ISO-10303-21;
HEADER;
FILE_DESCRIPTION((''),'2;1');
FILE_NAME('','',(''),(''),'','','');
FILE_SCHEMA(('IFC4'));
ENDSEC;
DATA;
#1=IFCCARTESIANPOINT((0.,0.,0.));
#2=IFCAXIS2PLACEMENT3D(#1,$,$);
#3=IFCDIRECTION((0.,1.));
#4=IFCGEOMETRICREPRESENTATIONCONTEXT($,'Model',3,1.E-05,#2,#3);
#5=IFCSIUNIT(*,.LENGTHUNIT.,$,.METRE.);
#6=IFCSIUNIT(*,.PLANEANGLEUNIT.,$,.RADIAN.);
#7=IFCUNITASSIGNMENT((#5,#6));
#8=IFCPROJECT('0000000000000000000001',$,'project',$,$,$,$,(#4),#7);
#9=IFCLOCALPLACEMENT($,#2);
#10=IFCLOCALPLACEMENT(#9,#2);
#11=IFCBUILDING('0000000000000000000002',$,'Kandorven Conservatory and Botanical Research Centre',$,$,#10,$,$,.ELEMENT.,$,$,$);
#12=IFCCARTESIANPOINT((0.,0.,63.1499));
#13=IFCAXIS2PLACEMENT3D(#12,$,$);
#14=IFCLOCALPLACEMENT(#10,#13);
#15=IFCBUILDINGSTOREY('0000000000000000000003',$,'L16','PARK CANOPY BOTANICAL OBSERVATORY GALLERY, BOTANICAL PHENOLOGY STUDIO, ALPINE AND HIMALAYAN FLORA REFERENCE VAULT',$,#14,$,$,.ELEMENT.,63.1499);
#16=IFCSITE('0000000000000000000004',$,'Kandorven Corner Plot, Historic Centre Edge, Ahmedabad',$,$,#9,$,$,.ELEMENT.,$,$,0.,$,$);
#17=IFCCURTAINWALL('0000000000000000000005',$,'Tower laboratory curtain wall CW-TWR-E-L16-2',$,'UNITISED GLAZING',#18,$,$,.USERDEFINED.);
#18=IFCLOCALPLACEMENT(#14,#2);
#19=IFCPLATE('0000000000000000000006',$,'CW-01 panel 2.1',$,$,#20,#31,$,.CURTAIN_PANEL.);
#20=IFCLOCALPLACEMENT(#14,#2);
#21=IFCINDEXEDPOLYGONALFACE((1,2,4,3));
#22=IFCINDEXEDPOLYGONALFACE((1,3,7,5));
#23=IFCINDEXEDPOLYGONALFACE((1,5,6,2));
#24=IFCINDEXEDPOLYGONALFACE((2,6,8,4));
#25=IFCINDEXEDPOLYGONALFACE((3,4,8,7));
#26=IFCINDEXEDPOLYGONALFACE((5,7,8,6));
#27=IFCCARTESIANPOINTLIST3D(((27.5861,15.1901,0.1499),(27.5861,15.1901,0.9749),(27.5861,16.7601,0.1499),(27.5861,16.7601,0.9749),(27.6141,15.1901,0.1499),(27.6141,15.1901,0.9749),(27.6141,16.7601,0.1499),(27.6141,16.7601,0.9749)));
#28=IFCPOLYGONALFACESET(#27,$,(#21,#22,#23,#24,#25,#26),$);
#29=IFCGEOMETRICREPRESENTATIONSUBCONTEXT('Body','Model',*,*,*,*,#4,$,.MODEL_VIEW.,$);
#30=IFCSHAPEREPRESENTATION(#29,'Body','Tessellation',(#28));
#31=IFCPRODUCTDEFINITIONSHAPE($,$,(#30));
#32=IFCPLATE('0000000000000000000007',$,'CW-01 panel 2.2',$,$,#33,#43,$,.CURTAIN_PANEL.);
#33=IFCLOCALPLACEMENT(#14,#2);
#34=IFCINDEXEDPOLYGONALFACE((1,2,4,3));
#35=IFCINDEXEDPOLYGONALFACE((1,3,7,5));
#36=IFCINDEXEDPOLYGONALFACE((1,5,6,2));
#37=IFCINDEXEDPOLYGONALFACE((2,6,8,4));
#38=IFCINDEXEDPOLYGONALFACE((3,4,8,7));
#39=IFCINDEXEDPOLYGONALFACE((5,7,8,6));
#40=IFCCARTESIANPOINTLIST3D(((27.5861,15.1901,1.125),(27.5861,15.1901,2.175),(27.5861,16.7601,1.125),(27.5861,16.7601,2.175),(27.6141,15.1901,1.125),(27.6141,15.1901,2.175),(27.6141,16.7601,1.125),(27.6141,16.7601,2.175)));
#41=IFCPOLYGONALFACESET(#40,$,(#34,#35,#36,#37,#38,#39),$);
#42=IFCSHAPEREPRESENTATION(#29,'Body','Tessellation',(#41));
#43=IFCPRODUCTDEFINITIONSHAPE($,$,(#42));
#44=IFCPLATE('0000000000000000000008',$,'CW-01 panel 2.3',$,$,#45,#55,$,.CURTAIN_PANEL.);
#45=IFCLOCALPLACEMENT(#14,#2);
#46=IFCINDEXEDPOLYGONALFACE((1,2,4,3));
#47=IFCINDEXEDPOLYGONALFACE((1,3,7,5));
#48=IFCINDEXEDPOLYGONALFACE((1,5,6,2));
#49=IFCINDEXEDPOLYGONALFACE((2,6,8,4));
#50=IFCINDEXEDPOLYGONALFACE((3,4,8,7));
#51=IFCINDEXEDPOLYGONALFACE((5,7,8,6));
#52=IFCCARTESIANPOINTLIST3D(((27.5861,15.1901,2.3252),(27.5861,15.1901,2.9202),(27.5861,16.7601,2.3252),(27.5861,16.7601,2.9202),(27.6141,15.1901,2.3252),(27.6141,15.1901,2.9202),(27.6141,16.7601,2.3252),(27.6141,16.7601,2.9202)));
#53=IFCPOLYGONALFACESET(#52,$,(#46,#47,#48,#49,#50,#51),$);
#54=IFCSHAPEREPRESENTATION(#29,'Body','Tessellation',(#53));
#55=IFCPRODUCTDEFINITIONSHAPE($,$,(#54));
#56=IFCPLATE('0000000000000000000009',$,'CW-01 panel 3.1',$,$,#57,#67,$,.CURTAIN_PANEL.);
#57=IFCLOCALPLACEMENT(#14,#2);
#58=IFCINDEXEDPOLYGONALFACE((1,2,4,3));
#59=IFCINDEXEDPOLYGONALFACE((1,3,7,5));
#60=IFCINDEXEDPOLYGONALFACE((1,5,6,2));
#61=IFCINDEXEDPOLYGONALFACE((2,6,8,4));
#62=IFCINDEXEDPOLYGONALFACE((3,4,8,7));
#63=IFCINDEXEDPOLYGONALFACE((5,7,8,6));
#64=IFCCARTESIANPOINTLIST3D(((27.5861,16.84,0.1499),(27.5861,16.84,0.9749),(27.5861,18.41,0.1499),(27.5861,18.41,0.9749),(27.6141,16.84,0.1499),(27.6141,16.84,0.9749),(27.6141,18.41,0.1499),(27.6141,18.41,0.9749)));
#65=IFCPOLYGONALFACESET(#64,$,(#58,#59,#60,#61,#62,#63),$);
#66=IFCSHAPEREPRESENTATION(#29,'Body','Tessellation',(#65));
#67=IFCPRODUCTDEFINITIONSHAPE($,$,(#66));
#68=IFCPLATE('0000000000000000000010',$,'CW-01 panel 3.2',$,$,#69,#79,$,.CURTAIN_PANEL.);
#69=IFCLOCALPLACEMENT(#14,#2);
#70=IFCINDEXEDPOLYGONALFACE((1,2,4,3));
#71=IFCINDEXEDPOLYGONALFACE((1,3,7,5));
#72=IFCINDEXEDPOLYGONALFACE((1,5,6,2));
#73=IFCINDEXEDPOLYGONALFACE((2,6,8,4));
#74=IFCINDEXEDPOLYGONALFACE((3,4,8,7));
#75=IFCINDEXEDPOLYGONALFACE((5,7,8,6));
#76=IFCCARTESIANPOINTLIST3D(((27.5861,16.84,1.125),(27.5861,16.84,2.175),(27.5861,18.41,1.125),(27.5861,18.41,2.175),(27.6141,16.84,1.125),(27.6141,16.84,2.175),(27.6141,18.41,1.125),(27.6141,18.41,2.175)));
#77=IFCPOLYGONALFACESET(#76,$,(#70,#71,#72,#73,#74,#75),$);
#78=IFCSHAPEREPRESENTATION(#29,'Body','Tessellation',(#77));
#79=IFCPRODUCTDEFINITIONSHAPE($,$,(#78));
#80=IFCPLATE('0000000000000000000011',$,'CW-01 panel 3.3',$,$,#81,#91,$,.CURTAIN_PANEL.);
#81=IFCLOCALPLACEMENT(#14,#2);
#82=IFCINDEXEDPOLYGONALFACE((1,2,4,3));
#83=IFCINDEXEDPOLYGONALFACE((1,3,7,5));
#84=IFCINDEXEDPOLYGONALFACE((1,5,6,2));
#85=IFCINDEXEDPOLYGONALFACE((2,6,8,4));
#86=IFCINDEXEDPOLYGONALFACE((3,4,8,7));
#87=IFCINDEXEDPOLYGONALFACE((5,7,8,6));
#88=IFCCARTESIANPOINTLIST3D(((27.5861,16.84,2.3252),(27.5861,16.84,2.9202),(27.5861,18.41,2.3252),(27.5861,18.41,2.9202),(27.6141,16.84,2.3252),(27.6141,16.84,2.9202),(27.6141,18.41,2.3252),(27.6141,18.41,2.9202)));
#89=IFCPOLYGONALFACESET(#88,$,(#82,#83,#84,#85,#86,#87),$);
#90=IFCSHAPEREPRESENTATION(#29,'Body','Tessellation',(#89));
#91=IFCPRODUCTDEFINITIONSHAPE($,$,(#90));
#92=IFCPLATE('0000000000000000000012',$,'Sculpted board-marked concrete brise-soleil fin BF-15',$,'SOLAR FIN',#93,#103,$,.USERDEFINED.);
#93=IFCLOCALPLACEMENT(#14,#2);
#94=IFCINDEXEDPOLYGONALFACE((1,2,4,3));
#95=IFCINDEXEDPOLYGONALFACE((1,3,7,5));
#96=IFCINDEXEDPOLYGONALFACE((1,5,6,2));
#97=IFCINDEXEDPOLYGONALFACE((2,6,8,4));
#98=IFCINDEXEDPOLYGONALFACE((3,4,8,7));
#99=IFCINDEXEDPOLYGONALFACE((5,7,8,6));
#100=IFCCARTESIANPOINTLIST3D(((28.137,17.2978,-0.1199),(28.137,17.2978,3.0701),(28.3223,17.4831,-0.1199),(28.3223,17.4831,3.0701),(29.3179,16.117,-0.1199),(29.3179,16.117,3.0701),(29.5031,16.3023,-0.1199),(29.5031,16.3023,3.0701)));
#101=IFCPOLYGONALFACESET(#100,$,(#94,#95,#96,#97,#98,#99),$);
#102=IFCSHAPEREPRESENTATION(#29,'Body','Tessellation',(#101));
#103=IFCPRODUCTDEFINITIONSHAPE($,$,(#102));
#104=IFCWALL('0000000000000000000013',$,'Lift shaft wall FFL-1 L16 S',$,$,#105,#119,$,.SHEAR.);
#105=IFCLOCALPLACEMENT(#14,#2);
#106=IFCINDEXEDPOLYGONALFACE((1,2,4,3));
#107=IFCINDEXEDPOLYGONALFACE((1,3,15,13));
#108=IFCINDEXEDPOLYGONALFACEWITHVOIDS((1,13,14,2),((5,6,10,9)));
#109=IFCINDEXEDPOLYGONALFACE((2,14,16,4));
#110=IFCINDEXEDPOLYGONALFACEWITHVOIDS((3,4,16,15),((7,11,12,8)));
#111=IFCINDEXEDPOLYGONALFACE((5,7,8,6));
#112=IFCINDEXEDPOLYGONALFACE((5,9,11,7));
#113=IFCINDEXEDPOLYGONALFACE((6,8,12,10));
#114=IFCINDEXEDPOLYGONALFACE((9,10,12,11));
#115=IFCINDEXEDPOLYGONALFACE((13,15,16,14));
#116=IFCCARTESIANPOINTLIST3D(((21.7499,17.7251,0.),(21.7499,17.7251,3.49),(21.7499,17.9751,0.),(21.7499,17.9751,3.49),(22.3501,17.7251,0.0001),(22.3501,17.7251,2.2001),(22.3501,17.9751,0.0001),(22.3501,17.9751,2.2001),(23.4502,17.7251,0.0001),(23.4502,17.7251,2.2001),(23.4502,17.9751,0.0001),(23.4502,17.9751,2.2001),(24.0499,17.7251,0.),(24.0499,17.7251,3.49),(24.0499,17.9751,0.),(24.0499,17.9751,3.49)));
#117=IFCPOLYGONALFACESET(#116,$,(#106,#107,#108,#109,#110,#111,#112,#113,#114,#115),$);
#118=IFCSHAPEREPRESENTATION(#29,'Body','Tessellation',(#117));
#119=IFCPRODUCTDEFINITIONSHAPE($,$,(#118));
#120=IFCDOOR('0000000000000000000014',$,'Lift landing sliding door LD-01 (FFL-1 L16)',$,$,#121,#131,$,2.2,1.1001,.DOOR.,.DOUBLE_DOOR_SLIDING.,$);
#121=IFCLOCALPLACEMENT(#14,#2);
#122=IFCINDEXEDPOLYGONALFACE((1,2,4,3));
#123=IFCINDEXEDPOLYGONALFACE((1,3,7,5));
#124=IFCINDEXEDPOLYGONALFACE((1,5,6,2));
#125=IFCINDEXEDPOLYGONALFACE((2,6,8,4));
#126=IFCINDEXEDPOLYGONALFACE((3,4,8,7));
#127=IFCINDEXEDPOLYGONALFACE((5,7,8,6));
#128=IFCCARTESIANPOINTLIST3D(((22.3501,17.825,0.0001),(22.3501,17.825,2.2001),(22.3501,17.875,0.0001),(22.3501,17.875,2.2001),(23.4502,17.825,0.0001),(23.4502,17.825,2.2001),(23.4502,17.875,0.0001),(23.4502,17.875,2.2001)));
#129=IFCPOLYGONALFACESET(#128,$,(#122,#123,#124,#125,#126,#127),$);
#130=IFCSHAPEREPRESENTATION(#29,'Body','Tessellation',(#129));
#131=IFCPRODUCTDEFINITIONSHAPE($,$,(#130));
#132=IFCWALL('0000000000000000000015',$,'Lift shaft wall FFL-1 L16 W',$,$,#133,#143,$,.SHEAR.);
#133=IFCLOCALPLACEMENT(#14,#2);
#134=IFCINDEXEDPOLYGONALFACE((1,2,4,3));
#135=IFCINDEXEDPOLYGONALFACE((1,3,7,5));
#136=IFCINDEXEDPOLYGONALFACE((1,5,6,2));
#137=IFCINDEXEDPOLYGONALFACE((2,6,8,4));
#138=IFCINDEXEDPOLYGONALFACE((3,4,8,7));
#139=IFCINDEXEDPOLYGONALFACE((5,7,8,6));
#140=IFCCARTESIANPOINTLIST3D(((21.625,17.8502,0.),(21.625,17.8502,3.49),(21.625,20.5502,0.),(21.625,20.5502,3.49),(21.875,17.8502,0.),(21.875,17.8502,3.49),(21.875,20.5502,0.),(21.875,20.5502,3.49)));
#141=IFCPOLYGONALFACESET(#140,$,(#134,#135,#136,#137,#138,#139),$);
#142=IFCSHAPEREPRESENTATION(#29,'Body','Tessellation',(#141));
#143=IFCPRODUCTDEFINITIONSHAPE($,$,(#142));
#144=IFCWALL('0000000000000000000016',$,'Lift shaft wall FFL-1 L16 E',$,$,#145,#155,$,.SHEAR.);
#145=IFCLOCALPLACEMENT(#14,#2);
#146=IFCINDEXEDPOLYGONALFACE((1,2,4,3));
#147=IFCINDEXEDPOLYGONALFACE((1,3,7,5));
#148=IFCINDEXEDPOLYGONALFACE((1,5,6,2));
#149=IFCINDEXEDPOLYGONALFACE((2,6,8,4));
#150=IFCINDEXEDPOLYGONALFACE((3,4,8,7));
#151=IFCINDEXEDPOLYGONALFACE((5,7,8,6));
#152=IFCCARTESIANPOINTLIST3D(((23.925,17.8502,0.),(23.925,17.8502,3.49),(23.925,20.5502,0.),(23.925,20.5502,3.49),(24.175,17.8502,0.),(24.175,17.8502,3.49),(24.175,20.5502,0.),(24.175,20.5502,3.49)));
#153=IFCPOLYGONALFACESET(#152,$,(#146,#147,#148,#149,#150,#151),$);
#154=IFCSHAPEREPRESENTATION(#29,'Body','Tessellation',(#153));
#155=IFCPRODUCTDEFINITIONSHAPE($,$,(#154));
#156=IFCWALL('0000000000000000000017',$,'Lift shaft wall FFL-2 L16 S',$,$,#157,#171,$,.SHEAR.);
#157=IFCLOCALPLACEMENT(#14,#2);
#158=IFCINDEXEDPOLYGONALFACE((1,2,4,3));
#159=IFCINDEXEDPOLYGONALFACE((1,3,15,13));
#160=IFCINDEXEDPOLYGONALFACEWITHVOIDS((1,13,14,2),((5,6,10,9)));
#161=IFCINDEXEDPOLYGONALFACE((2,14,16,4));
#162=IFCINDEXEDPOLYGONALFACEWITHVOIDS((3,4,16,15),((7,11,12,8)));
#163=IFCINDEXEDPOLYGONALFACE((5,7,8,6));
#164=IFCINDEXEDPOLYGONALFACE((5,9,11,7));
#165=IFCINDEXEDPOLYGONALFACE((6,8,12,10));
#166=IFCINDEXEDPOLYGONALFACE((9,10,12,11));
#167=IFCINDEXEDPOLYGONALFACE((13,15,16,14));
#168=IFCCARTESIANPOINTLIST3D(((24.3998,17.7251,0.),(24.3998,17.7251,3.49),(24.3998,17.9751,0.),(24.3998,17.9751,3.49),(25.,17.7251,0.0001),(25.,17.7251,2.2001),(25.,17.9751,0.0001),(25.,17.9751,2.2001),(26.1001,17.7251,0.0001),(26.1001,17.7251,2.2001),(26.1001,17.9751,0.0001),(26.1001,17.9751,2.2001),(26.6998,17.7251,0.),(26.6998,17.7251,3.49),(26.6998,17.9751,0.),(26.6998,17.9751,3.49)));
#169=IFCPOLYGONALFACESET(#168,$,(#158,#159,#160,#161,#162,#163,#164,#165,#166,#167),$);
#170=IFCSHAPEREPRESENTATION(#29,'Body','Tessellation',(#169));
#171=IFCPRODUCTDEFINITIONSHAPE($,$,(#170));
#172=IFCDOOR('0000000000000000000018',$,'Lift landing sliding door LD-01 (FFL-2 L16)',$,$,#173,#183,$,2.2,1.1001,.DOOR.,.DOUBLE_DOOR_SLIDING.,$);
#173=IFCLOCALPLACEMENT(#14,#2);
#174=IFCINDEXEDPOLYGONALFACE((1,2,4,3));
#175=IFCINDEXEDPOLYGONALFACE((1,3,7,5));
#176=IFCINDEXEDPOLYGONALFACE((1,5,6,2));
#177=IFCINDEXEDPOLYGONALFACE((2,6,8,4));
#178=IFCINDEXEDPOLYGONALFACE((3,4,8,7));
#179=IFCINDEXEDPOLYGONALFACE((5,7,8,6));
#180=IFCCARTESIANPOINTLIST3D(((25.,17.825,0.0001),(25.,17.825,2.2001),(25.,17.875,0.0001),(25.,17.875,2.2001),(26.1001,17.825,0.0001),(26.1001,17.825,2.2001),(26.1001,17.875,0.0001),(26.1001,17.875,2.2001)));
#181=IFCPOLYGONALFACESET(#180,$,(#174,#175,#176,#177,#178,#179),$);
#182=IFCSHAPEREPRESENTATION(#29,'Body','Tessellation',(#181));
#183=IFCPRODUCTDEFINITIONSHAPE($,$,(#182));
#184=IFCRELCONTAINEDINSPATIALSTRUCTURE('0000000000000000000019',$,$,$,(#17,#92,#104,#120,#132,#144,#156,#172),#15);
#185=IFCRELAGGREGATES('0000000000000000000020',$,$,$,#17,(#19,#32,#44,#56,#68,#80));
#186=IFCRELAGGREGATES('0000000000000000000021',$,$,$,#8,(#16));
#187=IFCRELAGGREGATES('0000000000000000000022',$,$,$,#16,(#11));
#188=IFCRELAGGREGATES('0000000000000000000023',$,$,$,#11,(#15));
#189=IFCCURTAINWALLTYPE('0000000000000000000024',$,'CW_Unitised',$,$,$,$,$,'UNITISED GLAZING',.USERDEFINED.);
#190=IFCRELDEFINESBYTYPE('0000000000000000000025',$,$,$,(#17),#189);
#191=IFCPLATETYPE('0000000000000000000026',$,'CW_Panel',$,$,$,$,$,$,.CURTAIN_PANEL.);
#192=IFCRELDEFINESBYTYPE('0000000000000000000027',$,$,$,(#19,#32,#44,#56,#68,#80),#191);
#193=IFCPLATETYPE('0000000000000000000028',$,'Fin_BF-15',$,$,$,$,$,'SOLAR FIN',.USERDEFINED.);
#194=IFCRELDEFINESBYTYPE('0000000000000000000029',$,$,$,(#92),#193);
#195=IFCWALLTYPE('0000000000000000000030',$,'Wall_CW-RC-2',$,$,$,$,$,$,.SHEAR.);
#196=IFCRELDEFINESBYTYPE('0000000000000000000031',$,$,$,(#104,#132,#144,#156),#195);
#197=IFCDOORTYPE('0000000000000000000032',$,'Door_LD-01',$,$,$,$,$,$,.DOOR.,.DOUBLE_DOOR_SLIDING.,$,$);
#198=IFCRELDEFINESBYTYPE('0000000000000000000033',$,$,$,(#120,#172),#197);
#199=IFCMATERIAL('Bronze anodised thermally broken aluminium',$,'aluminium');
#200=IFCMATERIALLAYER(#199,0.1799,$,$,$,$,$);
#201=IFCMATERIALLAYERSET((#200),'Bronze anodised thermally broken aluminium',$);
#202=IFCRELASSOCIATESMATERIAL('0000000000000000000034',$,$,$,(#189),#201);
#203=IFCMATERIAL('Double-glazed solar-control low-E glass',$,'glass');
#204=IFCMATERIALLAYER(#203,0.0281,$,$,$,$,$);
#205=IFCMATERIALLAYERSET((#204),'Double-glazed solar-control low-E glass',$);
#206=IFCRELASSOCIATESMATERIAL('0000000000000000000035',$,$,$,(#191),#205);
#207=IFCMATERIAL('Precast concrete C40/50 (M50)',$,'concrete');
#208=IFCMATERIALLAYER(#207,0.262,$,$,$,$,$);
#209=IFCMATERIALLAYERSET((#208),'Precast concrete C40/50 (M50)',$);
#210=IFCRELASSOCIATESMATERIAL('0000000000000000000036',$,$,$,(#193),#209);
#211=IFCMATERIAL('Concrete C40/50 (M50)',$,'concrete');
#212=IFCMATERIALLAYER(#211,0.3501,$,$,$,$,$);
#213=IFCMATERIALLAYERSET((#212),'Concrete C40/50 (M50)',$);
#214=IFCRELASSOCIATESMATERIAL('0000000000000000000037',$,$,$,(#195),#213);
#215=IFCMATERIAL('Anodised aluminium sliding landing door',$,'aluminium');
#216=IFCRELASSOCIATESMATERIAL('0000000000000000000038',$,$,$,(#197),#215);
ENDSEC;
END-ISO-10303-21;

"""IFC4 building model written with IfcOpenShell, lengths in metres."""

from ifc_helpers import new_model, si_unit, direction, frame, frame_2d, origin, origin_2d, place, context, subcontext, project, spatial, rectangle, extrude, material, layer, layer_set, type_object, element, fill, aggregate, save


model = new_model("IFC4")

# Units and contexts
model_context = context("Model", 3, precision=1e-05, world=origin(), true_north=direction((0.0, 1.0)))
body_context = subcontext(model_context, "Body", "Model", "MODEL_VIEW")
ifc_project = project(units=[si_unit("LENGTHUNIT", "METRE"), si_unit("PLANEANGLEUNIT", "RADIAN")], contexts=[model_context])

# Site, building, storey
site_placement = place(None, origin())
site = spatial("IfcSite", under=ifc_project, at=site_placement, Name="Kandorven Corner Plot, Historic Centre Edge, Ahmedabad", CompositionType="ELEMENT", RefElevation=0.0)
building_placement = place(site_placement, origin())
building = spatial("IfcBuilding", under=site, at=building_placement, Name="Kandorven Conservatory and Botanical Research Centre", CompositionType="ELEMENT")
storey_placement = place(building_placement, frame((0.0, 0.0, 63.1499)))
storey = spatial("IfcBuildingStorey", under=building, at=storey_placement, Name="L16", Description="PARK CANOPY BOTANICAL OBSERVATORY GALLERY, BOTANICAL PHENOLOGY STUDIO, ALPINE AND HIMALAYAN FLORA REFERENCE VAULT", CompositionType="ELEMENT", Elevation=63.1499)

# Curtain wall, plates
ifc_material_1 = material(Name="Bronze anodised thermally broken aluminium", Category="aluminium")
ifc_layer_1 = layer(ifc_material_1, 0.1799)
ifc_layer_set_1 = layer_set([ifc_layer_1], Name="Bronze anodised thermally broken aluminium")
curtain_wall_type = type_object("IfcCurtainWallType", Name="CW_Unitised", ElementType="UNITISED GLAZING", PredefinedType="USERDEFINED", material=ifc_layer_set_1)
curtain_wall_placement = place(storey_placement, origin())
curtain_wall = element("IfcCurtainWall", 1, at=curtain_wall_placement, inside=storey, type_object=curtain_wall_type, Name="Tower laboratory curtain wall CW-TWR-E-L16-2", ObjectType="UNITISED GLAZING", PredefinedType="USERDEFINED")
ifc_material_2 = material(Name="Double-glazed solar-control low-E glass", Category="glass")
ifc_layer_2 = layer(ifc_material_2, 0.0281)
ifc_layer_set_2 = layer_set([ifc_layer_2], Name="Double-glazed solar-control low-E glass")
plate_type_1 = type_object("IfcPlateType", Name="CW_Panel", PredefinedType="CURTAIN_PANEL", material=ifc_layer_set_2)
plate_1_placement = place(storey_placement, frame((27.6001, 15.9751, 0.1499), z_axis=(0.0, 0.0, 1.0), x_axis=(0.0, 1.0, 0.0)))
plate_1 = element("IfcPlate", 2, at=plate_1_placement, type_object=plate_type_1, Name="CW-01 panel 2.1", PredefinedType="CURTAIN_PANEL", context=body_context, shape_type="SweptSolid", body=[
    extrude(rectangle(XDim=1.5701, YDim=0.0281, at=origin_2d()), origin(), (0.0, 0.0, 1.0), 0.825),
])
plate_2_placement = place(storey_placement, frame((27.6001, 15.9751, 1.125), z_axis=(0.0, 0.0, 1.0), x_axis=(0.0, 1.0, 0.0)))
plate_2 = element("IfcPlate", 3, at=plate_2_placement, type_object=plate_type_1, Name="CW-01 panel 2.2", PredefinedType="CURTAIN_PANEL", context=body_context, shape_type="SweptSolid", body=[
    extrude(rectangle(XDim=1.5701, YDim=0.0281, at=origin_2d()), origin(), (0.0, 0.0, 1.0), 1.05),
])
plate_3_placement = place(storey_placement, frame((27.6001, 15.9751, 2.3252), z_axis=(0.0, 0.0, 1.0), x_axis=(0.0, 1.0, 0.0)))
plate_3 = element("IfcPlate", 4, at=plate_3_placement, type_object=plate_type_1, Name="CW-01 panel 2.3", PredefinedType="CURTAIN_PANEL", context=body_context, shape_type="SweptSolid", body=[
    extrude(rectangle(XDim=1.5701, YDim=0.0281, at=origin_2d()), origin(), (0.0, 0.0, 1.0), 0.595),
])
plate_4_placement = place(storey_placement, frame((27.6001, 17.625, 0.1499), z_axis=(0.0, 0.0, 1.0), x_axis=(0.0, 1.0, 0.0)))
plate_4 = element("IfcPlate", 5, at=plate_4_placement, type_object=plate_type_1, Name="CW-01 panel 3.1", PredefinedType="CURTAIN_PANEL", context=body_context, shape_type="SweptSolid", body=[
    extrude(rectangle(XDim=1.5701, YDim=0.0281, at=origin_2d()), origin(), (0.0, 0.0, 1.0), 0.825),
])
plate_5_placement = place(storey_placement, frame((27.6001, 17.625, 1.125), z_axis=(0.0, 0.0, 1.0), x_axis=(0.0, 1.0, 0.0)))
plate_5 = element("IfcPlate", 6, at=plate_5_placement, type_object=plate_type_1, Name="CW-01 panel 3.2", PredefinedType="CURTAIN_PANEL", context=body_context, shape_type="SweptSolid", body=[
    extrude(rectangle(XDim=1.5701, YDim=0.0281, at=origin_2d()), origin(), (0.0, 0.0, 1.0), 1.05),
])
plate_6_placement = place(storey_placement, frame((27.6001, 17.625, 2.3252), z_axis=(0.0, 0.0, 1.0), x_axis=(0.0, 1.0, 0.0)))
plate_6 = element("IfcPlate", 7, at=plate_6_placement, type_object=plate_type_1, Name="CW-01 panel 3.3", PredefinedType="CURTAIN_PANEL", context=body_context, shape_type="SweptSolid", body=[
    extrude(rectangle(XDim=1.5701, YDim=0.0281, at=origin_2d()), origin(), (0.0, 0.0, 1.0), 0.595),
])
aggregate(curtain_wall, [plate_1, plate_2, plate_3, plate_4, plate_5, plate_6])

# Plate
ifc_material_3 = material(Name="Precast concrete C40/50 (M50)", Category="concrete")
ifc_layer_3 = layer(ifc_material_3, 0.262)
ifc_layer_set_3 = layer_set([ifc_layer_3], Name="Precast concrete C40/50 (M50)")
plate_type_2 = type_object("IfcPlateType", Name="Fin_BF-15", ElementType="SOLAR FIN", PredefinedType="USERDEFINED", material=ifc_layer_set_3)
plate_7_placement = place(storey_placement, frame((28.8201, 16.8, -0.1199), z_axis=(0.0, 0.0, 1.0), x_axis=(-0.707107, 0.707107, 0.0)))
element("IfcPlate", 8, at=plate_7_placement, inside=storey, type_object=plate_type_2, Name="Sculpted board-marked concrete brise-soleil fin BF-15", ObjectType="SOLAR FIN", PredefinedType="USERDEFINED", context=body_context, shape_type="SweptSolid", body=[
    extrude(rectangle(XDim=1.6699, YDim=0.262, at=origin_2d()), origin(), (0.0, 0.0, 1.0), 3.1899),
])

# Wall, opening, door
ifc_material_4 = material(Name="Concrete C40/50 (M50)", Category="concrete")
ifc_layer_4 = layer(ifc_material_4, 0.3501)
ifc_layer_set_4 = layer_set([ifc_layer_4], Name="Concrete C40/50 (M50)")
wall_type = type_object("IfcWallType", Name="Wall_CW-RC-2", PredefinedType="SHEAR", material=ifc_layer_set_4)
wall_1_placement = place(storey_placement, frame((21.75, 17.8501, 0.0), z_axis=(0.0, 0.0, 1.0), x_axis=(1.0, 0.0, 0.0)))
wall_1 = element("IfcWall", 9, at=wall_1_placement, inside=storey, type_object=wall_type, Name="Lift shaft wall FFL-1 L16 S", PredefinedType="SHEAR", context=body_context, shape_type="SweptSolid", body=[
    extrude(rectangle(XDim=2.3, YDim=0.25, at=frame_2d((1.1499, 0.0))), origin(), (0.0, 0.0, 1.0), 3.49),
])
opening_1_placement = place(wall_1_placement, frame((0.6001, 0.0, 0.0)))
opening_1 = element("IfcOpeningElement", 10, at=opening_1_placement, cuts=wall_1, PredefinedType="OPENING", context=body_context, shape_type="SweptSolid", body=[
    extrude(rectangle(XDim=1.1001, YDim=2.2, at=frame_2d((0.55, 1.1001))), frame((0.0, 0.135, 0.0), z_axis=(0.0, -1.0, 0.0), x_axis=(1.0, 0.0, 0.0)), (0.0, 0.0, 1.0), 0.27),
])
ifc_material_5 = material(Name="Anodised aluminium sliding landing door", Category="aluminium")
door_type = type_object("IfcDoorType", Name="Door_LD-01", OperationType="DOUBLE_DOOR_SLIDING", PredefinedType="DOOR", material=ifc_material_5)
door_1_placement = place(opening_1_placement, origin())
door_1 = element("IfcDoor", 11, at=door_1_placement, inside=storey, type_object=door_type, Name="Lift landing sliding door LD-01 (FFL-1 L16)", OperationType="DOUBLE_DOOR_SLIDING", OverallHeight=2.2, OverallWidth=1.1001, PredefinedType="DOOR", context=body_context, shape_type="SweptSolid", body=[
    extrude(rectangle(XDim=1.1001, YDim=2.2, at=frame_2d((0.55, 1.1001))), frame((0.0, 0.0249, 0.0), z_axis=(0.0, -1.0, 0.0), x_axis=(1.0, 0.0, 0.0)), (0.0, 0.0, 1.0), 0.05),
])
fill(opening_1, door_1)

# Walls
for number, where, z_axis, x_axis, name in (
    (12, (21.75, 17.8501, 0.0), (0.0, 0.0, 1.0), (0.0, 1.0, 0.0), "Lift shaft wall FFL-1 L16 W"),
    (13, (24.05, 17.8501, 0.0), (0.0, 0.0, 1.0), (0.0, 1.0, 0.0), "Lift shaft wall FFL-1 L16 E"),
):
    element("IfcWall", number, at=place(storey_placement, frame(where, z_axis=z_axis, x_axis=x_axis)), inside=storey, type_object=wall_type, Name=name, PredefinedType="SHEAR", context=body_context, shape_type="SweptSolid", body=[
        extrude(rectangle(XDim=2.7, YDim=0.25, at=frame_2d((1.3501, 0.0))), origin(), (0.0, 0.0, 1.0), 3.49),
    ])

# Wall, opening, door
wall_2_placement = place(storey_placement, frame((24.3999, 17.8501, 0.0), z_axis=(0.0, 0.0, 1.0), x_axis=(1.0, 0.0, 0.0)))
wall_2 = element("IfcWall", 14, at=wall_2_placement, inside=storey, type_object=wall_type, Name="Lift shaft wall FFL-2 L16 S", PredefinedType="SHEAR", context=body_context, shape_type="SweptSolid", body=[
    extrude(rectangle(XDim=2.3, YDim=0.25, at=frame_2d((1.1499, 0.0))), origin(), (0.0, 0.0, 1.0), 3.49),
])
opening_2_placement = place(wall_2_placement, frame((0.6001, 0.0, 0.0)))
opening_2 = element("IfcOpeningElement", 15, at=opening_2_placement, cuts=wall_2, PredefinedType="OPENING", context=body_context, shape_type="SweptSolid", body=[
    extrude(rectangle(XDim=1.1001, YDim=2.2, at=frame_2d((0.55, 1.1001))), frame((0.0, 0.135, 0.0), z_axis=(0.0, -1.0, 0.0), x_axis=(1.0, 0.0, 0.0)), (0.0, 0.0, 1.0), 0.27),
])
door_2_placement = place(opening_2_placement, origin())
door_2 = element("IfcDoor", 16, at=door_2_placement, inside=storey, type_object=door_type, Name="Lift landing sliding door LD-01 (FFL-2 L16)", OperationType="DOUBLE_DOOR_SLIDING", OverallHeight=2.2, OverallWidth=1.1001, PredefinedType="DOOR", context=body_context, shape_type="SweptSolid", body=[
    extrude(rectangle(XDim=1.1001, YDim=2.2, at=frame_2d((0.55, 1.1001))), frame((0.0, 0.0249, 0.0), z_axis=(0.0, -1.0, 0.0), x_axis=(1.0, 0.0, 0.0)), (0.0, 0.0, 1.0), 0.05),
])
fill(opening_2, door_2)

save(model, "model.ifc")
